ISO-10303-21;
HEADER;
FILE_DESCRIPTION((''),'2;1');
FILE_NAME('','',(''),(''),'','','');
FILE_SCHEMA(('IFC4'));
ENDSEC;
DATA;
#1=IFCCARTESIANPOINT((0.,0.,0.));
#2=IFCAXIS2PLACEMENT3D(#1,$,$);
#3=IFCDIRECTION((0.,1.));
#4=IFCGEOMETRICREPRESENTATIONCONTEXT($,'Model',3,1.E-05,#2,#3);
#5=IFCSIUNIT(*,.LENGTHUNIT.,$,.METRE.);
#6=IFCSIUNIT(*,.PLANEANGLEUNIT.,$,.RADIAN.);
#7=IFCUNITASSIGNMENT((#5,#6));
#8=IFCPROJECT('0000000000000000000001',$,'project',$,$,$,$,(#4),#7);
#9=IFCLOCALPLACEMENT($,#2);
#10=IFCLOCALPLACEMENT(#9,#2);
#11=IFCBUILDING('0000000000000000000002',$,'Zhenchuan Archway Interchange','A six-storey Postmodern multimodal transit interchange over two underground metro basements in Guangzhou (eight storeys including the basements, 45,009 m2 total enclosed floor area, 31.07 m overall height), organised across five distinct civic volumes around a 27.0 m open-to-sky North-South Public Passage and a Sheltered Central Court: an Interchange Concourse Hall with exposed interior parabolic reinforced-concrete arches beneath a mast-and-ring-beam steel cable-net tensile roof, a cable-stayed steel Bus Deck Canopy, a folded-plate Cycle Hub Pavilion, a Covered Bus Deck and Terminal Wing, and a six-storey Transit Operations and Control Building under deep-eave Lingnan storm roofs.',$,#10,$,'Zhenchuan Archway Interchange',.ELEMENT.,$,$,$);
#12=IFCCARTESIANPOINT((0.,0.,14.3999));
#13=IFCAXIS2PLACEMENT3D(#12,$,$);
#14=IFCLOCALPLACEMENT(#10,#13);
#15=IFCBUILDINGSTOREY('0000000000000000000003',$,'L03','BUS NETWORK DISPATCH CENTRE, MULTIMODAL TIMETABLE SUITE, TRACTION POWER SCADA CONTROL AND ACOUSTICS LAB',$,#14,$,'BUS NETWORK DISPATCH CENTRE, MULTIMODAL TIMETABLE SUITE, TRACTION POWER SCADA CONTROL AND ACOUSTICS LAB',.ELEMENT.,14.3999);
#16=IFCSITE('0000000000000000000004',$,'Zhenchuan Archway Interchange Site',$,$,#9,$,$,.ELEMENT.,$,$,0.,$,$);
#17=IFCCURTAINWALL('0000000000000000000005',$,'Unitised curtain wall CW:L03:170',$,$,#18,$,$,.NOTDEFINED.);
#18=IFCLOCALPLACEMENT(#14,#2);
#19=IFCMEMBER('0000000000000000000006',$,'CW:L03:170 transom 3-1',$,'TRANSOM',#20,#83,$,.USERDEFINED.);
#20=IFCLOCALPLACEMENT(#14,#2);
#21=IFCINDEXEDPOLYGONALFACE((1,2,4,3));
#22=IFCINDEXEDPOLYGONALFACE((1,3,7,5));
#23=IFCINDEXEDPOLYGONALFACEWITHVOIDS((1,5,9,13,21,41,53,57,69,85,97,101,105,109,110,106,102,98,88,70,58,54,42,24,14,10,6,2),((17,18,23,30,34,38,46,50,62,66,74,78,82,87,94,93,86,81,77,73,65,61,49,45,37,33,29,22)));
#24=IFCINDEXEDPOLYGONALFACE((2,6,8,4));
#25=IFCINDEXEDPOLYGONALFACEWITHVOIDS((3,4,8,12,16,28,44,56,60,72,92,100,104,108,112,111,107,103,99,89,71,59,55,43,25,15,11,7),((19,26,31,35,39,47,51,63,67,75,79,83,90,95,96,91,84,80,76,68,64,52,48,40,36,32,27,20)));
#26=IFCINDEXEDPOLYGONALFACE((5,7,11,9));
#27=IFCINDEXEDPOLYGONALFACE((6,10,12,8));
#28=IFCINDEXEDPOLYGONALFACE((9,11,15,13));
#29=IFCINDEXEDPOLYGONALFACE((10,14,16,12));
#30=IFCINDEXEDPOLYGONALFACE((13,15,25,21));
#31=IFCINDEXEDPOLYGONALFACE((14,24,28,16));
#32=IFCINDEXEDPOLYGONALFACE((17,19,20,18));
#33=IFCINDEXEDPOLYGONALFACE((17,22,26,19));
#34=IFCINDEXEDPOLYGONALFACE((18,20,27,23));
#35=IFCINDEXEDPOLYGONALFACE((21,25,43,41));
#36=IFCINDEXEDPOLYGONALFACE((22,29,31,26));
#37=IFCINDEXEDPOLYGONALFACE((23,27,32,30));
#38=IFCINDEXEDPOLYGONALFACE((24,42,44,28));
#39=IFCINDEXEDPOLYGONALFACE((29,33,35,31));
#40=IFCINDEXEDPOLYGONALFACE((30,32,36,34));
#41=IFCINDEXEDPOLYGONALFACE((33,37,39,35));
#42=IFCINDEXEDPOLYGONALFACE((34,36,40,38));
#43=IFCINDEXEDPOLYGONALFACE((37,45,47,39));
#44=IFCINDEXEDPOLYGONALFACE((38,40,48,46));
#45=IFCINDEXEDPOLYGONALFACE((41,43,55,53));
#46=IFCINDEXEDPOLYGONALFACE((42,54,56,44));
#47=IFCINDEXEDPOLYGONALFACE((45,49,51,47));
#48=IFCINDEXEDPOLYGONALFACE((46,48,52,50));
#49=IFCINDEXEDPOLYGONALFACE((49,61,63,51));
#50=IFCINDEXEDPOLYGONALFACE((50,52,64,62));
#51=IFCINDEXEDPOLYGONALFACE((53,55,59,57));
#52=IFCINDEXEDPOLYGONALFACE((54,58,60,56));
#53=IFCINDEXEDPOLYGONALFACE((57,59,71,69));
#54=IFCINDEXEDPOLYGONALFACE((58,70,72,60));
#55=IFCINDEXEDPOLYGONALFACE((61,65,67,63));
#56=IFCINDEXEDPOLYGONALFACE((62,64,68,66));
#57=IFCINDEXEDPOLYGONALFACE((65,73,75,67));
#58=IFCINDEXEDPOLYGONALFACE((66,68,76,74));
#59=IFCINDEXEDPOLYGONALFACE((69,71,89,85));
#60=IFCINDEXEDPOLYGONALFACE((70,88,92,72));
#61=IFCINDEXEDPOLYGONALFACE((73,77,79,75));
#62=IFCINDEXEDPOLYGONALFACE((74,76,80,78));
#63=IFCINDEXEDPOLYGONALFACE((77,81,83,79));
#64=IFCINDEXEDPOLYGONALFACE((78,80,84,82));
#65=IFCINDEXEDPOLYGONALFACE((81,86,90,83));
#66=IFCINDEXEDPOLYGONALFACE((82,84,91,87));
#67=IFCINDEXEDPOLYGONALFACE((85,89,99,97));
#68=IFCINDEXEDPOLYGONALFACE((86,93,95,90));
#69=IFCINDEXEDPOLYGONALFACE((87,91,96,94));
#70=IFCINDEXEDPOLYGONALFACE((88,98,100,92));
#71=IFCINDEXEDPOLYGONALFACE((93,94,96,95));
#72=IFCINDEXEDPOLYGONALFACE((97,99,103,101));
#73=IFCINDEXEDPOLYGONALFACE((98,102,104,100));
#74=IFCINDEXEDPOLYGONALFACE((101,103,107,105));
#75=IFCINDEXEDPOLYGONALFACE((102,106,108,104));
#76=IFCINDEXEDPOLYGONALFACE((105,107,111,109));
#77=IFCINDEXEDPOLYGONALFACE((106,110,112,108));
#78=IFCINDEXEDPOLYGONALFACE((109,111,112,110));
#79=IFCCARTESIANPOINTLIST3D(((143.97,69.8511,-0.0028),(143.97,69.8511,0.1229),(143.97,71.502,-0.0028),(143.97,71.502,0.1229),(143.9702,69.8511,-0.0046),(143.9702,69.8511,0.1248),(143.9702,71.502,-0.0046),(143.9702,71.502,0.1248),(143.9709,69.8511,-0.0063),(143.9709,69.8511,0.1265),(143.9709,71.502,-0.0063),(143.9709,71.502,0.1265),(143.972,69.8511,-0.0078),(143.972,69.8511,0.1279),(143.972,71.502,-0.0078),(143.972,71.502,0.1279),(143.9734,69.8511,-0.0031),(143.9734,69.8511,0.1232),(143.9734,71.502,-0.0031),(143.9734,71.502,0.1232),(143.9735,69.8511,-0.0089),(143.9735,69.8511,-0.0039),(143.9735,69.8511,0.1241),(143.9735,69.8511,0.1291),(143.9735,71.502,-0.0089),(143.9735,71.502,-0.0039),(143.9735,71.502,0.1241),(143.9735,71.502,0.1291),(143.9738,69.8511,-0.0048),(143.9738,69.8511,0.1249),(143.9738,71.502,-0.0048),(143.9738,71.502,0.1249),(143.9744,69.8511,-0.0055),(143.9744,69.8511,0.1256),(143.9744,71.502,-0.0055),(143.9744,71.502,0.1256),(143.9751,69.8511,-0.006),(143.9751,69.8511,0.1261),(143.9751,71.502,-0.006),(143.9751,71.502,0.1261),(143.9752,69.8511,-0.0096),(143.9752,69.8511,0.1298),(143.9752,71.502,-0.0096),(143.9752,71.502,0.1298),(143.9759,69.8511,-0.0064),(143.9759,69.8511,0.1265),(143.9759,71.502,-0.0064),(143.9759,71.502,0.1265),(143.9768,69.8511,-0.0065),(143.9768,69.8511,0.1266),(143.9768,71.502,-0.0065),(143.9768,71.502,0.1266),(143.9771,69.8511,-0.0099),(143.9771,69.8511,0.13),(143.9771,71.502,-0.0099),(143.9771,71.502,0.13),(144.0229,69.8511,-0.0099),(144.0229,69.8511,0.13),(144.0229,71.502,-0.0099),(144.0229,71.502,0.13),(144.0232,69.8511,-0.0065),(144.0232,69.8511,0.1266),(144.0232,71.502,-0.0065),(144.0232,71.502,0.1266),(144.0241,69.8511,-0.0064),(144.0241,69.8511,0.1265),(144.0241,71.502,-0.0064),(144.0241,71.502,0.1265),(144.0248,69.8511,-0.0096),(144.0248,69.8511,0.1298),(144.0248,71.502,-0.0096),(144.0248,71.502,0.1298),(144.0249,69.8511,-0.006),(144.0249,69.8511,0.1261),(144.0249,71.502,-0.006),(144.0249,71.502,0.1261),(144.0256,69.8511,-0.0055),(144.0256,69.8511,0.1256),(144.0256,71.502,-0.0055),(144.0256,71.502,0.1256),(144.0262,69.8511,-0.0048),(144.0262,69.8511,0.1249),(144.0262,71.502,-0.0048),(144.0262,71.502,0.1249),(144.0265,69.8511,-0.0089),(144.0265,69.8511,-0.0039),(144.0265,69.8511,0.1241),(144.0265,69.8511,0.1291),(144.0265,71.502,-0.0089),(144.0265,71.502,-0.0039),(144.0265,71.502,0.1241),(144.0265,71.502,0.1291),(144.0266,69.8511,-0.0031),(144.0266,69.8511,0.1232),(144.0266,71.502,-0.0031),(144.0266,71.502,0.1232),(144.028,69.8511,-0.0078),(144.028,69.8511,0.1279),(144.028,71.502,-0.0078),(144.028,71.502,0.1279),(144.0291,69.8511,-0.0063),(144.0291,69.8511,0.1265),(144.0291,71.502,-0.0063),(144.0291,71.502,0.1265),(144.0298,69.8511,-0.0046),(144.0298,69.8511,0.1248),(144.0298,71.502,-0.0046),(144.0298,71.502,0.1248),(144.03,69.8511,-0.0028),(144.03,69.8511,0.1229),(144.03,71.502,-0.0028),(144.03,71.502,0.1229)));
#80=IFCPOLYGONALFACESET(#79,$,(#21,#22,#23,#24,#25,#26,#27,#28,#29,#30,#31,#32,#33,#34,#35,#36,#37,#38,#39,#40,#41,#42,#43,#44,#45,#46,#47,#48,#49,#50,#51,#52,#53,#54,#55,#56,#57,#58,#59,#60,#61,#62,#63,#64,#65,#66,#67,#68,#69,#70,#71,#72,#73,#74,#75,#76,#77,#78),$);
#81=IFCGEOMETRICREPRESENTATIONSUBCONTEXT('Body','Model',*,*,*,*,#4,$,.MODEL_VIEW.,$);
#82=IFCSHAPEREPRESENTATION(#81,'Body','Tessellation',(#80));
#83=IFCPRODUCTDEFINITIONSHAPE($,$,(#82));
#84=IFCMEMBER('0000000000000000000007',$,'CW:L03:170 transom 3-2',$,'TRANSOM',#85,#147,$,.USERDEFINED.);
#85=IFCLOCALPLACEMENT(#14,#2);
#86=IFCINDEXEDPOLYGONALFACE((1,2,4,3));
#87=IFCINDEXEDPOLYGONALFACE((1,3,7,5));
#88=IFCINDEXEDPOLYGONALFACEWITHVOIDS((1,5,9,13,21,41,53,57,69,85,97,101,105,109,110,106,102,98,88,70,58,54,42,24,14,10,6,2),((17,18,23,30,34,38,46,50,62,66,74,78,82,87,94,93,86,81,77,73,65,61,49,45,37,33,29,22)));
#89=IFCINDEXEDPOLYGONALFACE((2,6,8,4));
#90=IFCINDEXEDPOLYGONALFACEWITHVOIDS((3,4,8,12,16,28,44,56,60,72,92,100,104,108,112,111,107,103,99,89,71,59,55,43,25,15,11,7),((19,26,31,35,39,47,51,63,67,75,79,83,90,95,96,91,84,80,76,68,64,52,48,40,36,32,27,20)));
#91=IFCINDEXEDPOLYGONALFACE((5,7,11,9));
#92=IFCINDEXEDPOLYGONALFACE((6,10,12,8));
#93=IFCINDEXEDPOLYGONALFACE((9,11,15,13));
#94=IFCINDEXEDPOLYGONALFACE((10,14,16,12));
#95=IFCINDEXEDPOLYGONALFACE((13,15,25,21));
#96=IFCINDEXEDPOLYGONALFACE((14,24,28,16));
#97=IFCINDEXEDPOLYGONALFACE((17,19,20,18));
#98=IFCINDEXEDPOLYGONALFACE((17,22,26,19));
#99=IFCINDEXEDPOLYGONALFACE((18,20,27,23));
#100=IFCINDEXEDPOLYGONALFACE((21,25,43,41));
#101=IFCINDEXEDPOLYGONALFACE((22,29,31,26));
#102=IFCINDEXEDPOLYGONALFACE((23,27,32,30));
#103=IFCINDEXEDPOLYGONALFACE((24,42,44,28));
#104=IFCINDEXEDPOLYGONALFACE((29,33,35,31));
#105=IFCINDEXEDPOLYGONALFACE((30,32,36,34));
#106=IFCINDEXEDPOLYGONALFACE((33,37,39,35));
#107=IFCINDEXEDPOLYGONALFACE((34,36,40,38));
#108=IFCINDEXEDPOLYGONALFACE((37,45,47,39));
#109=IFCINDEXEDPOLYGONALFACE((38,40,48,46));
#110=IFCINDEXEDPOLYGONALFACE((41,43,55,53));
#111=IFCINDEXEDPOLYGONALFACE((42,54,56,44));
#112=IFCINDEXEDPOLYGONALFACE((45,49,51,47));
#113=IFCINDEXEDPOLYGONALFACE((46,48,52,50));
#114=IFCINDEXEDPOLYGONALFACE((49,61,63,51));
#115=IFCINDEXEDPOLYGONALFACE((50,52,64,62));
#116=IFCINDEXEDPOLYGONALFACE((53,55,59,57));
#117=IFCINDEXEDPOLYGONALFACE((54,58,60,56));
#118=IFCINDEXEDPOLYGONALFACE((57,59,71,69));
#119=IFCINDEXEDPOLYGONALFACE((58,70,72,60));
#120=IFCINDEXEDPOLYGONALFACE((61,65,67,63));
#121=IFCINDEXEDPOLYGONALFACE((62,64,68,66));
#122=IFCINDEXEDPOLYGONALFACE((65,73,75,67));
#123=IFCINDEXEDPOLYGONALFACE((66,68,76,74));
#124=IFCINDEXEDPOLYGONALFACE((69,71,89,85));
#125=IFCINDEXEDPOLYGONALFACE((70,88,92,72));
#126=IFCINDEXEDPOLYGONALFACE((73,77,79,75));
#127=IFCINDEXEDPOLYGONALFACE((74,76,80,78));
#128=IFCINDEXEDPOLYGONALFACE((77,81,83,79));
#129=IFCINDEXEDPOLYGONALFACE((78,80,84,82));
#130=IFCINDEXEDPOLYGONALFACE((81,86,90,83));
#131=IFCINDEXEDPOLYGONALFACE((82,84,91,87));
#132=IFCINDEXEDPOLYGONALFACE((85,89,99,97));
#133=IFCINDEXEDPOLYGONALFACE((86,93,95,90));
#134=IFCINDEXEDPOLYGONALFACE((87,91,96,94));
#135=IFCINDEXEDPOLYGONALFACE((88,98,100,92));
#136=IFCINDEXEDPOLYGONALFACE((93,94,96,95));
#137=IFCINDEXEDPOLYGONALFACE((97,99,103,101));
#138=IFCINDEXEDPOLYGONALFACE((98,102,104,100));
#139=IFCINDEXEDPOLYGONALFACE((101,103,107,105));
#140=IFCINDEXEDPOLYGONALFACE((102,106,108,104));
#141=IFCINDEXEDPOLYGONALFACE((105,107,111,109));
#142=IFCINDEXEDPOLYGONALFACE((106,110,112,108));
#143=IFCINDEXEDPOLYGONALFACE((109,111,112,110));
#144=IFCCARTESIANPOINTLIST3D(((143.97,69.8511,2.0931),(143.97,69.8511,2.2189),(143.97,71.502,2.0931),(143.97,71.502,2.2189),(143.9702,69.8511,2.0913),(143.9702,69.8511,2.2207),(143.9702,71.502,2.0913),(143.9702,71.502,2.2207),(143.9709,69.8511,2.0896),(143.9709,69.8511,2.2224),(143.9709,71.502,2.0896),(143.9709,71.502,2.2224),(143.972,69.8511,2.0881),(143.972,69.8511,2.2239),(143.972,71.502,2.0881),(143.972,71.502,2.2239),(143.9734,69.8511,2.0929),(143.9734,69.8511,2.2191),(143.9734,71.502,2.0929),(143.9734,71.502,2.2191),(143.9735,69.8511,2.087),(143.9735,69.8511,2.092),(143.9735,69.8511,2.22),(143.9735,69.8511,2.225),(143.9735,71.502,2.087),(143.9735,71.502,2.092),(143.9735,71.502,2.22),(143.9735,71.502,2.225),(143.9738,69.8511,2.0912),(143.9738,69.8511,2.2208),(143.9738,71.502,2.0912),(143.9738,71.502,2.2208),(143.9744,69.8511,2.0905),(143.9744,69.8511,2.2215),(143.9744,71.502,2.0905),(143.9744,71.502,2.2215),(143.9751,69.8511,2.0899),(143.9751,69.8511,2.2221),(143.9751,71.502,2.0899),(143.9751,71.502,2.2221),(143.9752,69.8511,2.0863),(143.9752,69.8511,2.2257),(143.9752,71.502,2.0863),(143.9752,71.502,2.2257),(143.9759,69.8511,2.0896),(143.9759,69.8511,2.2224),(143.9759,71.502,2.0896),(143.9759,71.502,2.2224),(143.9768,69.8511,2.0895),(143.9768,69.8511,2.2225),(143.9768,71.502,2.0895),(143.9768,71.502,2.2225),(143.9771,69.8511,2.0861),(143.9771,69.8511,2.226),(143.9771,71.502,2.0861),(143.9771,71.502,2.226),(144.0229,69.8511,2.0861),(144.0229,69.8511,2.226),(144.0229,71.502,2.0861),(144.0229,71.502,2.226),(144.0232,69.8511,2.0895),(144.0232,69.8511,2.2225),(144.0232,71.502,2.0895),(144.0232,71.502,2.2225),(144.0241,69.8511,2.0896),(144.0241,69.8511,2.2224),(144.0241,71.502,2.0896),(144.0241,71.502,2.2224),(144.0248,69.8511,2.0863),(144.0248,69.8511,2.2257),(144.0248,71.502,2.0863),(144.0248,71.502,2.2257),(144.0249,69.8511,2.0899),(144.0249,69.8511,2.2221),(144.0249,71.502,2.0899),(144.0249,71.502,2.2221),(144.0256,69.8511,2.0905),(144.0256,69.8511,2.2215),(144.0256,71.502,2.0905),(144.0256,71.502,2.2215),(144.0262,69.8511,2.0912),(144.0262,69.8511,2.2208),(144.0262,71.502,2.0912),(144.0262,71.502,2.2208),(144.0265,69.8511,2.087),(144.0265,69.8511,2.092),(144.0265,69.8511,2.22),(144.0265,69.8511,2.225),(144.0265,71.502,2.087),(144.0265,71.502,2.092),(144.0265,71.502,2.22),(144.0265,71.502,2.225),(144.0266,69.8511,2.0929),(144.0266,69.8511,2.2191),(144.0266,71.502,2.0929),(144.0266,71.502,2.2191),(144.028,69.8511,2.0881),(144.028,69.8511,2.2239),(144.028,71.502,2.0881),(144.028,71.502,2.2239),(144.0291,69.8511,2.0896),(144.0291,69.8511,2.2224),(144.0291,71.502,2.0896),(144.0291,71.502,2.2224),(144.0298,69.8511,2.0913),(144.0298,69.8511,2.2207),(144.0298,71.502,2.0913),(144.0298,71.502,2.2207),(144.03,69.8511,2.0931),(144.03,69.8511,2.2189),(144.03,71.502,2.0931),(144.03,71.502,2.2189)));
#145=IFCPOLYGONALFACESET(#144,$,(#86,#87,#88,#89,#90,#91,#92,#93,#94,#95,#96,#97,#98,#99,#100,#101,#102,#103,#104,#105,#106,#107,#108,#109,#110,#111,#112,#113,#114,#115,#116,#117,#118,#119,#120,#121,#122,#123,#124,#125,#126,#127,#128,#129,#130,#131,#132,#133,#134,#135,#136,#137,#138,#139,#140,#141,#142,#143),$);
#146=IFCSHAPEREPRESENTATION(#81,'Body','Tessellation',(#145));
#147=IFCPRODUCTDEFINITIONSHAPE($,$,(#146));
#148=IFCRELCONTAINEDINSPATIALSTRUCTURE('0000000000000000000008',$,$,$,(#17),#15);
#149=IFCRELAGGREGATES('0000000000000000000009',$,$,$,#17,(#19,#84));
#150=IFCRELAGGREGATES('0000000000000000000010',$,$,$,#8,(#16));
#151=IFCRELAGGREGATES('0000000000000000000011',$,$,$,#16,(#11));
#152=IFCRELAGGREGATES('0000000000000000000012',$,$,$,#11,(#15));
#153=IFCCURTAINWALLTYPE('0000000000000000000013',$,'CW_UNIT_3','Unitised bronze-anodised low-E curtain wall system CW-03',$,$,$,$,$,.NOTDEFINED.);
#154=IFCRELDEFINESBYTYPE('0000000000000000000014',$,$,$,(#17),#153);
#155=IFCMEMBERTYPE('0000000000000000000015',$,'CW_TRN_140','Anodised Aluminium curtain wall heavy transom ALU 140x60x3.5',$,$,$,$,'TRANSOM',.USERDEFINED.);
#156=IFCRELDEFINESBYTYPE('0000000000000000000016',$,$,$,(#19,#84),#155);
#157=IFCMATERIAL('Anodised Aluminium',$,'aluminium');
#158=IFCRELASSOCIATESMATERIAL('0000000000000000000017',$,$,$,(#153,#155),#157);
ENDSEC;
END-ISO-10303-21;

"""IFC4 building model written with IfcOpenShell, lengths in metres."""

from ifc_helpers import new_model, si_unit, direction, frame, origin, origin_2d, place, context, subcontext, project, spatial, hollow_rectangle, extrude, material, material_profile, profile_set, type_object, element, aggregate, save


model = new_model("IFC4")

# Units and contexts
model_context = context("Model", 3, precision=1e-05, world=origin(), true_north=direction((0.0, 1.0)))
body_context = subcontext(model_context, "Body", "Model", "MODEL_VIEW")
ifc_project = project(units=[si_unit("LENGTHUNIT", "METRE"), si_unit("PLANEANGLEUNIT", "RADIAN")], contexts=[model_context])

# Site, building, storey
site_placement = place(None, origin())
site = spatial("IfcSite", under=ifc_project, at=site_placement, Name="Zhenchuan Archway Interchange Site", CompositionType="ELEMENT", RefElevation=0.0)
building_placement = place(site_placement, origin())
building = spatial("IfcBuilding", under=site, at=building_placement, Name="Zhenchuan Archway Interchange", Description="A six-storey Postmodern multimodal transit interchange over two underground metro basements in Guangzhou (eight storeys including the basements, 45,009 m2 total enclosed floor area, 31.07 m overall height), organised across five distinct civic volumes around a 27.0 m open-to-sky North-South Public Passage and a Sheltered Central Court: an Interchange Concourse Hall with exposed interior parabolic reinforced-concrete arches beneath a mast-and-ring-beam steel cable-net tensile roof, a cable-stayed steel Bus Deck Canopy, a folded-plate Cycle Hub Pavilion, a Covered Bus Deck and Terminal Wing, and a six-storey Transit Operations and Control Building under deep-eave Lingnan storm roofs.", LongName="Zhenchuan Archway Interchange", CompositionType="ELEMENT")
storey_placement = place(building_placement, frame((0.0, 0.0, 14.3999)))
storey = spatial("IfcBuildingStorey", under=building, at=storey_placement, Name="L03", Description="BUS NETWORK DISPATCH CENTRE, MULTIMODAL TIMETABLE SUITE, TRACTION POWER SCADA CONTROL AND ACOUSTICS LAB", LongName="BUS NETWORK DISPATCH CENTRE, MULTIMODAL TIMETABLE SUITE, TRACTION POWER SCADA CONTROL AND ACOUSTICS LAB", CompositionType="ELEMENT", Elevation=14.3999)

# Curtain wall, members
ifc_material_1 = material(Name="Anodised Aluminium", Category="aluminium")
curtain_wall_type = type_object("IfcCurtainWallType", Name="CW_UNIT_3", Description="Unitised bronze-anodised low-E curtain wall system CW-03", PredefinedType="NOTDEFINED", material=ifc_material_1)
curtain_wall_placement = place(storey_placement, origin())
curtain_wall = element("IfcCurtainWall", 1, at=curtain_wall_placement, inside=storey, type_object=curtain_wall_type, Name="Unitised curtain wall CW:L03:170", PredefinedType="NOTDEFINED")
ifc_material_profile_1 = material_profile(ifc_material_1, hollow_rectangle(XDim=0.0601, YDim=0.1399, WallThickness=0.0034, InnerFilletRadius=0.0034, OuterFilletRadius=0.0071, at=origin_2d()), Name="ALU 140x60x3.5")
ifc_profile_set_1 = profile_set([ifc_material_profile_1], Name="Anodised Aluminium")
member_type_1 = type_object("IfcMemberType", Name="CW_TRN_140", Description="Anodised Aluminium curtain wall heavy transom ALU 140x60x3.5", ElementType="TRANSOM", PredefinedType="USERDEFINED", material=ifc_profile_set_1)
member_1_placement = place(storey_placement, frame((144.0, 69.8511, 0.0601), z_axis=(0.0, 1.0, 0.0), x_axis=(-1.0, 0.0, 0.0)))
member_1 = element("IfcMember", 2, at=member_1_placement, type_object=member_type_1, Name="CW:L03:170 transom 3-1", ObjectType="TRANSOM", PredefinedType="USERDEFINED", context=body_context, shape_type="SweptSolid", body=[
    extrude(hollow_rectangle(XDim=0.0601, YDim=0.1399, WallThickness=0.0034, InnerFilletRadius=0.0034, OuterFilletRadius=0.0071, at=origin_2d()), origin(), (0.0, 0.0, 1.0), 1.6509),
])
member_2_placement = place(storey_placement, frame((144.0, 69.8511, 2.156), z_axis=(0.0, 1.0, 0.0), x_axis=(-1.0, 0.0, 0.0)))
member_2 = element("IfcMember", 3, at=member_2_placement, type_object=member_type_1, Name="CW:L03:170 transom 3-2", ObjectType="TRANSOM", PredefinedType="USERDEFINED", context=body_context, shape_type="SweptSolid", body=[
    extrude(hollow_rectangle(XDim=0.0601, YDim=0.1399, WallThickness=0.0034, InnerFilletRadius=0.0034, OuterFilletRadius=0.0071, at=origin_2d()), origin(), (0.0, 0.0, 1.0), 1.6509),
])
aggregate(curtain_wall, [member_1, member_2])

save(model, "model.ifc")
